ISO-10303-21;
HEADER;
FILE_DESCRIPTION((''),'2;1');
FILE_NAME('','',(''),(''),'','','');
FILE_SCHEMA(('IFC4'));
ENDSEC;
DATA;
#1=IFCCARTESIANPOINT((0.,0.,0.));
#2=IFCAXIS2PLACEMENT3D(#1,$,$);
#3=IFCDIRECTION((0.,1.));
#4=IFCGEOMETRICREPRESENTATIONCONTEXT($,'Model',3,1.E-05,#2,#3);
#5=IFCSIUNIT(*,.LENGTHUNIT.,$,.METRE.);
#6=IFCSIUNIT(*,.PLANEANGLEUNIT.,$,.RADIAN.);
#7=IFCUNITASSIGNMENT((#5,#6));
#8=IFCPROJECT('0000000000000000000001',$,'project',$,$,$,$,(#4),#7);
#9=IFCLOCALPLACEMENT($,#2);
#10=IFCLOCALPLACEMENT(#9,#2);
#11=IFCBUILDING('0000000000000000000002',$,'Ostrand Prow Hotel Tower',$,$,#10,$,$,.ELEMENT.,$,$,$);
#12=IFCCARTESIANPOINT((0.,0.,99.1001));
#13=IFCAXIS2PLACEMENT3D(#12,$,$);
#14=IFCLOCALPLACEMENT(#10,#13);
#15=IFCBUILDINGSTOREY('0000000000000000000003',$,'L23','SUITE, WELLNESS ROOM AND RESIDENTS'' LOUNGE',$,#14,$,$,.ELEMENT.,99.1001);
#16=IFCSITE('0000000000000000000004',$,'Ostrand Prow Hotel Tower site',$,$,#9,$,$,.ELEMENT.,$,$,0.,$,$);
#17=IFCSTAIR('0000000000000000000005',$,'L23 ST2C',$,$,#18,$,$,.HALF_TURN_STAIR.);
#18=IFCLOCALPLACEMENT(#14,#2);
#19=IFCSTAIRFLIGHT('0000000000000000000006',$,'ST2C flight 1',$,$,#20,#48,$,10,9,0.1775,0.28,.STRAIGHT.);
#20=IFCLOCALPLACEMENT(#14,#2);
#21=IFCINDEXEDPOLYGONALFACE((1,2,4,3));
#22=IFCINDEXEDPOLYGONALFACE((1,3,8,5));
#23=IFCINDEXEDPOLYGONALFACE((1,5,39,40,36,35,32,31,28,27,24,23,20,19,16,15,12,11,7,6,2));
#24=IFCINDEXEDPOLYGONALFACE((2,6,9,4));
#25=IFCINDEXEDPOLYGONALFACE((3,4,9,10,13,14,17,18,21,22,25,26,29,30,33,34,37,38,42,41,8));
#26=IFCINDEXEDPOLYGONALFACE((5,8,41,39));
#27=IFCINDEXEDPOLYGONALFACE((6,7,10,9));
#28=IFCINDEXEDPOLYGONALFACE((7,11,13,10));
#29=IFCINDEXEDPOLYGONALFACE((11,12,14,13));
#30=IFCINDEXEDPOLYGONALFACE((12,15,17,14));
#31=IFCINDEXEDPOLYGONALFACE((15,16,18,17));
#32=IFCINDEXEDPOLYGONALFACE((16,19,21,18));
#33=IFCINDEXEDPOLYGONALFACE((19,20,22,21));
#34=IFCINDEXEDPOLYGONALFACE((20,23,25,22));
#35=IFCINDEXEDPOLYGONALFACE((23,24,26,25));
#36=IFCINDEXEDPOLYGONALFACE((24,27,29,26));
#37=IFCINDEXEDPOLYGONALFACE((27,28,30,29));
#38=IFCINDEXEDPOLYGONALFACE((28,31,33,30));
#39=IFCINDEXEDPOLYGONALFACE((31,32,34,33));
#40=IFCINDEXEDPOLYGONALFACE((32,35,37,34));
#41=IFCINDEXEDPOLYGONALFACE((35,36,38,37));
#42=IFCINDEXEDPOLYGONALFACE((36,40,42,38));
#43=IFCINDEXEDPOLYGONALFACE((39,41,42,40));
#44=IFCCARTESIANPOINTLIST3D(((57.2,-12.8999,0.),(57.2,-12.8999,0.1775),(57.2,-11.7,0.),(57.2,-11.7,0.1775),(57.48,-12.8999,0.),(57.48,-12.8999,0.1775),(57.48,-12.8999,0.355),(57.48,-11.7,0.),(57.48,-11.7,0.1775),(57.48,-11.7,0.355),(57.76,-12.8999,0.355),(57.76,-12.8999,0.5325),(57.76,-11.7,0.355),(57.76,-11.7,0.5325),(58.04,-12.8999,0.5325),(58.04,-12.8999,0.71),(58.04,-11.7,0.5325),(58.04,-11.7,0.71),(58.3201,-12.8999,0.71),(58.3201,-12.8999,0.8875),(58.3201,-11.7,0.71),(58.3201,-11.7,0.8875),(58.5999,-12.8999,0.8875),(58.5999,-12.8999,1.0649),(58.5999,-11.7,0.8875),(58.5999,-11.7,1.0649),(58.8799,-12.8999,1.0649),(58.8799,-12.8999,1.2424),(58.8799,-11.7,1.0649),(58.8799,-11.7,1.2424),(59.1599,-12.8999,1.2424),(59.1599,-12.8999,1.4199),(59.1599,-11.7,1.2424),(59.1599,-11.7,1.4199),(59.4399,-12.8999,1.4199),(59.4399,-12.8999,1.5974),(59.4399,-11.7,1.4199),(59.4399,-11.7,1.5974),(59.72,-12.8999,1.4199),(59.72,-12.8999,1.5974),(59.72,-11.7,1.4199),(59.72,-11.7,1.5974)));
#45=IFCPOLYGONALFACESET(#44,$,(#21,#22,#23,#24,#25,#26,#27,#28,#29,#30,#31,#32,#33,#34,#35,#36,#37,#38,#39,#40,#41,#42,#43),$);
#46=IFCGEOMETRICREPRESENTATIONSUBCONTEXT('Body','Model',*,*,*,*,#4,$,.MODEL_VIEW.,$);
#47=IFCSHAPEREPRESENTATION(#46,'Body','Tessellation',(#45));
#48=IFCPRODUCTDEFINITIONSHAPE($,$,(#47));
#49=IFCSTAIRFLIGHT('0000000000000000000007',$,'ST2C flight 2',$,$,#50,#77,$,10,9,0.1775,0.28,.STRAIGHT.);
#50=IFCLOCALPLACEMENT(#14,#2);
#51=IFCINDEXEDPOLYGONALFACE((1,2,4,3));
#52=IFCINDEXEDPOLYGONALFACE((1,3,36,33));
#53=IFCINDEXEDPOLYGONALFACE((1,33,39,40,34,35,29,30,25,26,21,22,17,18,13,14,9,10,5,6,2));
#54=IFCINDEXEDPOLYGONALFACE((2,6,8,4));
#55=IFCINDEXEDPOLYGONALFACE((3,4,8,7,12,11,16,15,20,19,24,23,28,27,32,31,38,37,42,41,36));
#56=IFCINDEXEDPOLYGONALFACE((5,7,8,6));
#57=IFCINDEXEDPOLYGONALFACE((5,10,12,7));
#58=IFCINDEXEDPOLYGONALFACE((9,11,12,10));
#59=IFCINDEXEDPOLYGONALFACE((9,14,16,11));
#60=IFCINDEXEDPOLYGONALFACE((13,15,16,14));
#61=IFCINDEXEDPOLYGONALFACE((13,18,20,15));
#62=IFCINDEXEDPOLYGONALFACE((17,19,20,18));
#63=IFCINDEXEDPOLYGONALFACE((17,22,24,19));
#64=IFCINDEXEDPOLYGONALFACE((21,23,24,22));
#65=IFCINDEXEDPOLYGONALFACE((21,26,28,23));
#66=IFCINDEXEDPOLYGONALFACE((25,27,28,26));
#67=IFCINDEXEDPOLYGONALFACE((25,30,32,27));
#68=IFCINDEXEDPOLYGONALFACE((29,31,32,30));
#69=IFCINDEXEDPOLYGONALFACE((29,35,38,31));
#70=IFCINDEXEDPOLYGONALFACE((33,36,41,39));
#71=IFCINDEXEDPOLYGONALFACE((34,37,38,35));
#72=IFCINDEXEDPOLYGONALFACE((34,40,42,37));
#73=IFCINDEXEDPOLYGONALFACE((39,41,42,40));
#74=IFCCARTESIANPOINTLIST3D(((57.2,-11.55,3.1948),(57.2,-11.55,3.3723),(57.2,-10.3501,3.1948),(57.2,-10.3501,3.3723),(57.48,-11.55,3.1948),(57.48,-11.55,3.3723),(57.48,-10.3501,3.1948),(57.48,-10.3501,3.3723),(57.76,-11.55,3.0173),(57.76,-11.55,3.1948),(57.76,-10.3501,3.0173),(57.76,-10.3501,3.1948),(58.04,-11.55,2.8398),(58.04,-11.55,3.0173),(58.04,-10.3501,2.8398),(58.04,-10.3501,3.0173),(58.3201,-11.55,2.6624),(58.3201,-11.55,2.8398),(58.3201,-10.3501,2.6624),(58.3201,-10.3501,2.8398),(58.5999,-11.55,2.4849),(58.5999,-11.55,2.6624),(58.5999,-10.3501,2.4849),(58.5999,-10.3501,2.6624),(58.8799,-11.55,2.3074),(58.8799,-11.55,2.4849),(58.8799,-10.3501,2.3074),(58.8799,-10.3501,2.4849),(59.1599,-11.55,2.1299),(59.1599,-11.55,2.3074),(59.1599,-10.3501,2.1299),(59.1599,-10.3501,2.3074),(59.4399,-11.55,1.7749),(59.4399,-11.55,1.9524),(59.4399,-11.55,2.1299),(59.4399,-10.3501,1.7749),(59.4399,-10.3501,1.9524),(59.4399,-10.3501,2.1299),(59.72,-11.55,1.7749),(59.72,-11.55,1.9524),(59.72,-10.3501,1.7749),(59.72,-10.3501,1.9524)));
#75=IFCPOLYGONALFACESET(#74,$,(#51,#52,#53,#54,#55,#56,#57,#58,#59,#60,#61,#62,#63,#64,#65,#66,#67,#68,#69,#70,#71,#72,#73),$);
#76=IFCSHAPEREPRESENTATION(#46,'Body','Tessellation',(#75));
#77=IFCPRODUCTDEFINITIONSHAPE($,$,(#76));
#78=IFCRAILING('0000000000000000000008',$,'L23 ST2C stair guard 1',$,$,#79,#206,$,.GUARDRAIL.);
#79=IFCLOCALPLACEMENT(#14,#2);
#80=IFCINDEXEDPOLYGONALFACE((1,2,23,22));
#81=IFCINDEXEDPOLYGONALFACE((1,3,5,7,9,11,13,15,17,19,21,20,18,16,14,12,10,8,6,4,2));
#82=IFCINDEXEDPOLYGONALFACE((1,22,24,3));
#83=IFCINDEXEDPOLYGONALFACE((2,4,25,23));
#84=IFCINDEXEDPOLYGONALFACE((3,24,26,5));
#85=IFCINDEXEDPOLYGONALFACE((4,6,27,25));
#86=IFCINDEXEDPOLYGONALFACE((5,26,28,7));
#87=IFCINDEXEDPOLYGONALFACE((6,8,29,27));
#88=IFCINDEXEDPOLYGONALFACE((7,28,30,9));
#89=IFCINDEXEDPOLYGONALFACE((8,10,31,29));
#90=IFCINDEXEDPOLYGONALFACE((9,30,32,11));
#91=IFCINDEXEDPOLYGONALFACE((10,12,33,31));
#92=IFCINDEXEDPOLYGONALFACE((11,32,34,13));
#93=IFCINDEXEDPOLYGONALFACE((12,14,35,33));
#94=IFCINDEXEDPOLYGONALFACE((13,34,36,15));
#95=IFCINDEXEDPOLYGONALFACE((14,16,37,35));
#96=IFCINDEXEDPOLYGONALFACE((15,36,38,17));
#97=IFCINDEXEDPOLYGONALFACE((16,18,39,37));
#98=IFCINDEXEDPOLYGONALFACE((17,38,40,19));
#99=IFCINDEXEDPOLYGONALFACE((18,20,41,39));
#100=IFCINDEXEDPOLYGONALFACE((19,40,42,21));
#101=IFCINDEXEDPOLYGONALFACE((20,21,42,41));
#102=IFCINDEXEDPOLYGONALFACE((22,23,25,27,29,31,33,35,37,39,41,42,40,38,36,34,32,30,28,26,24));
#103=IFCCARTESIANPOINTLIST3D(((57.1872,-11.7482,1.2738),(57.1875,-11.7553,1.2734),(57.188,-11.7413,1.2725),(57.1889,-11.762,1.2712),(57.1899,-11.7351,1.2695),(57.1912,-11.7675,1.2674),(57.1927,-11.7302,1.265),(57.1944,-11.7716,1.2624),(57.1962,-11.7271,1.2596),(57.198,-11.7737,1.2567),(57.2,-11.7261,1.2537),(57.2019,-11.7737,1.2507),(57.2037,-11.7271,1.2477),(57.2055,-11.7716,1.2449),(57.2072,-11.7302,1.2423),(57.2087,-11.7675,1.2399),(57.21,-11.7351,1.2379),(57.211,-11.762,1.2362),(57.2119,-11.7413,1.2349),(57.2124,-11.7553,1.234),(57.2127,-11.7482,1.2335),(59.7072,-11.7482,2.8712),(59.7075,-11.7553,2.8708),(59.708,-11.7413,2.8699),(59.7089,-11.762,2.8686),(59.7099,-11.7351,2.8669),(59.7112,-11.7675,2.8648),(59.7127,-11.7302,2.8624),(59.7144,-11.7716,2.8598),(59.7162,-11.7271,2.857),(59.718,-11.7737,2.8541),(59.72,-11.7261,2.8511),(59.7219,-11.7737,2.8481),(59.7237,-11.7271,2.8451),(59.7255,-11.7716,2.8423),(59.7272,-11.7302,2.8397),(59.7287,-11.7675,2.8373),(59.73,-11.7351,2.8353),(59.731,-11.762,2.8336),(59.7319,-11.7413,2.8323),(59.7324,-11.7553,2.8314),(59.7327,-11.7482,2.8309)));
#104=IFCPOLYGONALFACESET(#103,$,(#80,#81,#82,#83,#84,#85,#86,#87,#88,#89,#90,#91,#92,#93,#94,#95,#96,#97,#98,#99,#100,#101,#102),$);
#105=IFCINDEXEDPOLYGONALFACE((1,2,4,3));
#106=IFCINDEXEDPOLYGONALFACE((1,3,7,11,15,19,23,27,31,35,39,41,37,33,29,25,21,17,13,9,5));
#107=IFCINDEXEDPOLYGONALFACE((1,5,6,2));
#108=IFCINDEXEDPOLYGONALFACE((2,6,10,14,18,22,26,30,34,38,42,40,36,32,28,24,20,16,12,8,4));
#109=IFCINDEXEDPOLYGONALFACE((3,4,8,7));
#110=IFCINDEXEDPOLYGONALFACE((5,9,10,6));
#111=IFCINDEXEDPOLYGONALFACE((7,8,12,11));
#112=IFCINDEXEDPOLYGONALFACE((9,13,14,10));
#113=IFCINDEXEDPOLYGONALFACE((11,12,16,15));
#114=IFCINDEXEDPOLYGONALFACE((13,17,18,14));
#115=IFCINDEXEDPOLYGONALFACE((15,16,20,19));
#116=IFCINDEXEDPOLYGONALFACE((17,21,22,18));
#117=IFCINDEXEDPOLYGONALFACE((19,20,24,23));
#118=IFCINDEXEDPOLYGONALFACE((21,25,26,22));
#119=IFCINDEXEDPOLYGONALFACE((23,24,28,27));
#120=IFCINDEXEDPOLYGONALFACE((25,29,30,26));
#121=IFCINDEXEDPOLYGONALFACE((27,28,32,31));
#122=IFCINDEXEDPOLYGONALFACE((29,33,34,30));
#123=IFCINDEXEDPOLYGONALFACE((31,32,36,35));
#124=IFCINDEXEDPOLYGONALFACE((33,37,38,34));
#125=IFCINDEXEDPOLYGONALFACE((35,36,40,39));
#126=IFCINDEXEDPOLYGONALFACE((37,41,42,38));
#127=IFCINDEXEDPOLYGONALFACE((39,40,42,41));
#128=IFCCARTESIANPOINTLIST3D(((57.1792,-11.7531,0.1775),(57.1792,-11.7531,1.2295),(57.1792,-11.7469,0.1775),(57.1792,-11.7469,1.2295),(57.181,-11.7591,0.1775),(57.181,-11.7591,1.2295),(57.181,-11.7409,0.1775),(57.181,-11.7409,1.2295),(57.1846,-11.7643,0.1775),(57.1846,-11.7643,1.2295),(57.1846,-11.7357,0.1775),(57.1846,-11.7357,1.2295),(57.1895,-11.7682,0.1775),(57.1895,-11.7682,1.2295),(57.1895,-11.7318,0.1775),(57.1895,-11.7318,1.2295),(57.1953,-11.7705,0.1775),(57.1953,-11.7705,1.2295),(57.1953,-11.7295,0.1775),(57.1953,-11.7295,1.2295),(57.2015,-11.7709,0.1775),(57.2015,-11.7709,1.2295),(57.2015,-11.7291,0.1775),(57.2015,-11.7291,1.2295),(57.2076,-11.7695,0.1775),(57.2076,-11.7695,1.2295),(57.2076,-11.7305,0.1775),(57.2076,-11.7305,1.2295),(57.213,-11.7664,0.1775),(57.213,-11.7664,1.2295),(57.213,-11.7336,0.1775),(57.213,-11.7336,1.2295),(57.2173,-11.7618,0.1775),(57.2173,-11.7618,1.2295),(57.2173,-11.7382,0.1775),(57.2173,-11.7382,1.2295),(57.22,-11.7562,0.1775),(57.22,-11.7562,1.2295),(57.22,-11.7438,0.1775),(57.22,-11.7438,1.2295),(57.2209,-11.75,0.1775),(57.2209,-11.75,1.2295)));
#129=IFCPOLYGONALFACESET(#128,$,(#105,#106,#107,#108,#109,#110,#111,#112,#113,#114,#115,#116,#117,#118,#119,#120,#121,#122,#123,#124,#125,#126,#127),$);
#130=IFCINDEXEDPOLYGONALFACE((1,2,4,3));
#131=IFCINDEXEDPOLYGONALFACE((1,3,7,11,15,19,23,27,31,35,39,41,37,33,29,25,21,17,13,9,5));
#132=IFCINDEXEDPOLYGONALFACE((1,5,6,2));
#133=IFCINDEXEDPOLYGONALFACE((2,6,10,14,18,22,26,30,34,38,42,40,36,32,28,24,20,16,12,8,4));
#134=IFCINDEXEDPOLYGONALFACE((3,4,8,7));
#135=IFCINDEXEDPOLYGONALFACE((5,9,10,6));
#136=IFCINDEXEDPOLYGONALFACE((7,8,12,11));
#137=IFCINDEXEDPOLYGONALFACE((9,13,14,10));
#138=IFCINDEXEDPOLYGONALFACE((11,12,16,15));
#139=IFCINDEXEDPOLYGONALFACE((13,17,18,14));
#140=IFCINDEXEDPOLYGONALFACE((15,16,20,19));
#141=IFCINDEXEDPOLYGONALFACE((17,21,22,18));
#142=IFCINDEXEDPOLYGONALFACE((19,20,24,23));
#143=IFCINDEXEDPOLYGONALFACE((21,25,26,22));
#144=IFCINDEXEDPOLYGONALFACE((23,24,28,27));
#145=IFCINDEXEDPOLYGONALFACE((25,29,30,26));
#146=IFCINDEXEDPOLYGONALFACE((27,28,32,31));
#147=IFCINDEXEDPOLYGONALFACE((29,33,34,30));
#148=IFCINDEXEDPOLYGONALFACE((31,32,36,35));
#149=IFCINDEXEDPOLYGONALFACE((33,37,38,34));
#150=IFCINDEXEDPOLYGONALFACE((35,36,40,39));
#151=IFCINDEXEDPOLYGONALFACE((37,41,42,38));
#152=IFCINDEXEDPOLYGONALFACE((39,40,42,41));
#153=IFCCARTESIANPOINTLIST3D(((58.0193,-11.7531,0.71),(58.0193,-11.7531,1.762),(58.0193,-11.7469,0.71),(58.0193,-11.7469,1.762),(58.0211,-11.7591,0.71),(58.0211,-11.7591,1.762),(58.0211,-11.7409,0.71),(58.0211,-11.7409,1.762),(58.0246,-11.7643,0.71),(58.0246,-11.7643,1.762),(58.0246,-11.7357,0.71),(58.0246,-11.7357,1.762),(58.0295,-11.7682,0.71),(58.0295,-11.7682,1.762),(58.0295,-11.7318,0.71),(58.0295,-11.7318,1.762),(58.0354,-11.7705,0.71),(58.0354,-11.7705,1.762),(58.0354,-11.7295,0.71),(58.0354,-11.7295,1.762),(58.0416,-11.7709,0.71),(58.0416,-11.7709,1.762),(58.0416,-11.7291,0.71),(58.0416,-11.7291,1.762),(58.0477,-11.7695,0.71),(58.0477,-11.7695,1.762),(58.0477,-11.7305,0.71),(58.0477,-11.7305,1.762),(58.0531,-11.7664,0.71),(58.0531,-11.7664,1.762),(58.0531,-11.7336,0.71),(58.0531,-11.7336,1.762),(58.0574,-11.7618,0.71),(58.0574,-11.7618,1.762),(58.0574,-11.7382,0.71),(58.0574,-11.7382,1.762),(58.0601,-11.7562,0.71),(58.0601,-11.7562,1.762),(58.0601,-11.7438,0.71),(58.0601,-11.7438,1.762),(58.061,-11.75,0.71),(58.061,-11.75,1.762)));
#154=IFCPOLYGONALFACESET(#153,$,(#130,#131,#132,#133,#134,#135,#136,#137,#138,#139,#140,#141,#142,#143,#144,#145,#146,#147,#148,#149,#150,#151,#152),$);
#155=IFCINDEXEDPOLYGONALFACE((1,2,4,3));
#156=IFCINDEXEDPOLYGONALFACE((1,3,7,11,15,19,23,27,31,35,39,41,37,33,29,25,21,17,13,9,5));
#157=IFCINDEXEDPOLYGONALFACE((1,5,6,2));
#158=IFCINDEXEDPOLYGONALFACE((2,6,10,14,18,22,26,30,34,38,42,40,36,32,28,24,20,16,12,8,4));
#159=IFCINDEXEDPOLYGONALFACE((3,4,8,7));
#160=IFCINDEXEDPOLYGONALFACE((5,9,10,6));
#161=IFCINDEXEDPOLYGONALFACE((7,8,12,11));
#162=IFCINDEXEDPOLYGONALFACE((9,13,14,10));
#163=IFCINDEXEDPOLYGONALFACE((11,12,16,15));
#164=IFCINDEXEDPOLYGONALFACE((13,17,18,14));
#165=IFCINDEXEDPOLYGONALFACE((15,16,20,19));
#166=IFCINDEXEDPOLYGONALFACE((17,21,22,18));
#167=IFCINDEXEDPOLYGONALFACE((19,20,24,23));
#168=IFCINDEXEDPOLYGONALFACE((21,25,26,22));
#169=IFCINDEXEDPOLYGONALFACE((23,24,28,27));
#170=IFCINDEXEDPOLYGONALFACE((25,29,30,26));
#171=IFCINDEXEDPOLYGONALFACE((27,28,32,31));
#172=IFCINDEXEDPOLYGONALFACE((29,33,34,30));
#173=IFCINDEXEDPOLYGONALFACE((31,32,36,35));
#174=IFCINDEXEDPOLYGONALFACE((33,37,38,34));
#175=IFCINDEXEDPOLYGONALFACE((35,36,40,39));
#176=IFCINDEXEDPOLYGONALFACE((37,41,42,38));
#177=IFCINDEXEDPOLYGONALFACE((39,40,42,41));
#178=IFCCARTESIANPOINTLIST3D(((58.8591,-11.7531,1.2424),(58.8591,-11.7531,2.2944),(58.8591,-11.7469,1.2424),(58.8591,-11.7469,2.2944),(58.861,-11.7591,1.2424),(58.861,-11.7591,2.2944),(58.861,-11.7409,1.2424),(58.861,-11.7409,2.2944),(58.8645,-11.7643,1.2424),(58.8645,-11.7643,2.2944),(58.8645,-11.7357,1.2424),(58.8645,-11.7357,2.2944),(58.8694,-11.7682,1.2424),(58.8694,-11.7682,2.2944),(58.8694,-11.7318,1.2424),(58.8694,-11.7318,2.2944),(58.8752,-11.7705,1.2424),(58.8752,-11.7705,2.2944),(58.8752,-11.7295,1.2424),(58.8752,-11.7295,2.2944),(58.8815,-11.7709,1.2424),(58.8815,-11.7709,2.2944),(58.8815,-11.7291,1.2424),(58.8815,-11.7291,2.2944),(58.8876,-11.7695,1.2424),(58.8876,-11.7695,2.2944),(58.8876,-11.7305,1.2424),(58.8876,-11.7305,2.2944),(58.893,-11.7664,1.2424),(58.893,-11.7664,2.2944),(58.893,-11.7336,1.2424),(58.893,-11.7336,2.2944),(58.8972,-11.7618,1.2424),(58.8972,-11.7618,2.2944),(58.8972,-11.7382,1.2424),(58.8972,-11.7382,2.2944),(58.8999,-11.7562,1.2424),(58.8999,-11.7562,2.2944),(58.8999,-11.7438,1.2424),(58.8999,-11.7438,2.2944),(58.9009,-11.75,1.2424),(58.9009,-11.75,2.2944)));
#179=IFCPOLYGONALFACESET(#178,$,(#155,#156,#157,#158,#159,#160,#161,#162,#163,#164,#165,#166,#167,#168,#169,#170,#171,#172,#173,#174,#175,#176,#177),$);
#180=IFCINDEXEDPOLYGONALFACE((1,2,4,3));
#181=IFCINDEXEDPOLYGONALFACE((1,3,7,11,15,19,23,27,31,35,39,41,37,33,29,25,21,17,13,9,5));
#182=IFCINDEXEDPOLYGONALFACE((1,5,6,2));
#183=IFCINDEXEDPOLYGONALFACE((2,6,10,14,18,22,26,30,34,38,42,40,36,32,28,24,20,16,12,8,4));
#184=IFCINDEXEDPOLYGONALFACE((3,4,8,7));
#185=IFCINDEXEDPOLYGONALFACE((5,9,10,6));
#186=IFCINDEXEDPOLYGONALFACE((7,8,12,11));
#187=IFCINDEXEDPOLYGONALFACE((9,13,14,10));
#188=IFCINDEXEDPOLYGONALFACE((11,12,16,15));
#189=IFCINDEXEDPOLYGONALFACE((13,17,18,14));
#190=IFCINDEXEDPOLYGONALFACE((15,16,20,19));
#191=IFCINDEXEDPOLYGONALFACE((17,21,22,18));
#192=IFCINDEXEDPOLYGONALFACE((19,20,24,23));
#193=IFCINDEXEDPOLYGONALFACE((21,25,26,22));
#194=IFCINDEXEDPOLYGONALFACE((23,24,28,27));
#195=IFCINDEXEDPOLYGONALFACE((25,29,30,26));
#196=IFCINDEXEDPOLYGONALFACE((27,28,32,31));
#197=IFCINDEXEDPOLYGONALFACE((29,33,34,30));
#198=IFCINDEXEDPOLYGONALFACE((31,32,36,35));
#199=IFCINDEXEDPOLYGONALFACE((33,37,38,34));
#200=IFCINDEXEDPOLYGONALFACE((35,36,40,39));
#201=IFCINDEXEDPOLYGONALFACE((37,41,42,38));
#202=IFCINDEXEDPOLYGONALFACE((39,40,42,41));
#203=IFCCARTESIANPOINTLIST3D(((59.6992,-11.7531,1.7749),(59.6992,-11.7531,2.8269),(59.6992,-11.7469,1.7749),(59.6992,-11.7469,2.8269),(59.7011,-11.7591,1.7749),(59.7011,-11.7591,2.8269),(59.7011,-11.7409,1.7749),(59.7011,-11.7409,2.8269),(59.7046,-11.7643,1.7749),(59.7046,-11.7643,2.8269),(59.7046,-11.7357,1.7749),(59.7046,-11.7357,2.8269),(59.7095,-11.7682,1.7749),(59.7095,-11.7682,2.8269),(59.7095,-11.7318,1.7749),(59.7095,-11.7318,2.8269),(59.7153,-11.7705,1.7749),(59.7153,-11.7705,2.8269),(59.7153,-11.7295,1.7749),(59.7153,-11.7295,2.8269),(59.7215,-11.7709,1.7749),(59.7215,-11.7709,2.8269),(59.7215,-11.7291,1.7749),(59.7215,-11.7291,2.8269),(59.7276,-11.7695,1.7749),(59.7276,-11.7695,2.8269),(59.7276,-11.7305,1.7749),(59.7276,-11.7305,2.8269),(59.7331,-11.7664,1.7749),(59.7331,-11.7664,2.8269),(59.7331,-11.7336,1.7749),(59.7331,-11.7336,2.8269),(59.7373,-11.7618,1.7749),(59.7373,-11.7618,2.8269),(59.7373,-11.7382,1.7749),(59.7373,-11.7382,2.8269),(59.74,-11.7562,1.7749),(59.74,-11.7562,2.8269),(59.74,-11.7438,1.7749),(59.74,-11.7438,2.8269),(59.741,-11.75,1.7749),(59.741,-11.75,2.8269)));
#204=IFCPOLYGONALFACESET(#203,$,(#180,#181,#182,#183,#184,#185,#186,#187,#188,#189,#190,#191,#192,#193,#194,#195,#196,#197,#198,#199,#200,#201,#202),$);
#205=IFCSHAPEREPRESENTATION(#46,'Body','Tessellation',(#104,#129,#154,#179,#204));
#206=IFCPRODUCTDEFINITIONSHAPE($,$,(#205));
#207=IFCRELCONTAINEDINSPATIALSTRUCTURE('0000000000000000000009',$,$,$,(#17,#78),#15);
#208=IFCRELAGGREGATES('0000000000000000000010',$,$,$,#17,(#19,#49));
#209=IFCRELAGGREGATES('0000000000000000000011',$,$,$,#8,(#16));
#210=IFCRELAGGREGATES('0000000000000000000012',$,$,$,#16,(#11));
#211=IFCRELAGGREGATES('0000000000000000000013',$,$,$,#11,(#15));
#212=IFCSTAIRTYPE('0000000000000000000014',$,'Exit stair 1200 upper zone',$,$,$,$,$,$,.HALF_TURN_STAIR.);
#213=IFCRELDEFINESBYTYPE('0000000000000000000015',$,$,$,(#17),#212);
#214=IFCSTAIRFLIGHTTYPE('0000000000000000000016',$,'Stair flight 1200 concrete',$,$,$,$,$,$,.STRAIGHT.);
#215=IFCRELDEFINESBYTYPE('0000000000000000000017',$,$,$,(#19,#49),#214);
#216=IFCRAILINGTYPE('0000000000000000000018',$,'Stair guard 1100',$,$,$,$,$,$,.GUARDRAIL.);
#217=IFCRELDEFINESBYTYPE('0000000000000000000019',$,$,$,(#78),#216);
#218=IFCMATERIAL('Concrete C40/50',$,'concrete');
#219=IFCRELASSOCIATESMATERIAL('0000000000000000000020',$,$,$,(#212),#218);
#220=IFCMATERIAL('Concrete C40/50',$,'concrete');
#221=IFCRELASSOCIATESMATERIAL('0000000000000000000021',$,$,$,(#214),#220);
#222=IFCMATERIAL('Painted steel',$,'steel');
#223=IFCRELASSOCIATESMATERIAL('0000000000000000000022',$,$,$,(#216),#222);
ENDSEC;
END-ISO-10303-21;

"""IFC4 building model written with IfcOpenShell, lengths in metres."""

from ifc_helpers import new_model, si_unit, direction, frame, origin, origin_2d, place, context, subcontext, project, spatial, polyline, circle, outline, extrude, material, type_object, element, aggregate, save


model = new_model("IFC4")

# Units and contexts
model_context = context("Model", 3, precision=1e-05, world=origin(), true_north=direction((0.0, 1.0)))
body_context = subcontext(model_context, "Body", "Model", "MODEL_VIEW")
ifc_project = project(units=[si_unit("LENGTHUNIT", "METRE"), si_unit("PLANEANGLEUNIT", "RADIAN")], contexts=[model_context])

# Site, building, storey
site_placement = place(None, origin())
site = spatial("IfcSite", under=ifc_project, at=site_placement, Name="Ostrand Prow Hotel Tower site", CompositionType="ELEMENT", RefElevation=0.0)
building_placement = place(site_placement, origin())
building = spatial("IfcBuilding", under=site, at=building_placement, Name="Ostrand Prow Hotel Tower", CompositionType="ELEMENT")
storey_placement = place(building_placement, frame((0.0, 0.0, 99.1001)))
storey = spatial("IfcBuildingStorey", under=building, at=storey_placement, Name="L23", Description="SUITE, WELLNESS ROOM AND RESIDENTS' LOUNGE", CompositionType="ELEMENT", Elevation=99.1001)

# Stair, stair flights
ifc_material_1 = material(Name="Concrete C40/50", Category="concrete")
stair_type = type_object("IfcStairType", Name="Exit stair 1200 upper zone", PredefinedType="HALF_TURN_STAIR", material=ifc_material_1)
stair_placement = place(storey_placement, origin())
stair = element("IfcStair", 1, at=stair_placement, inside=storey, type_object=stair_type, Name="L23 ST2C", PredefinedType="HALF_TURN_STAIR")
ifc_material_2 = material(Name="Concrete C40/50", Category="concrete")
stair_flight_type = type_object("IfcStairFlightType", Name="Stair flight 1200 concrete", PredefinedType="STRAIGHT", material=ifc_material_2)
stair_flight_1_placement = place(storey_placement, frame((57.2, -12.3, 0.0), z_axis=(0.0, 0.0, 1.0), x_axis=(1.0, 0.0, 0.0)))
stair_flight_1 = element("IfcStairFlight", 2, at=stair_flight_1_placement, type_object=stair_flight_type, Name="ST2C flight 1", NumberOfRisers=10, NumberOfTreads=9, PredefinedType="STRAIGHT", RiserHeight=0.1775, TreadLength=0.28, context=body_context, shape_type="SweptSolid", body=[
    extrude(outline(polyline([(0.0, 0.0), (0.0, 0.1775), (0.28, 0.1775), (0.28, 0.355), (0.5601, 0.355), (0.5601, 0.5325), (0.8401, 0.5325), (0.8401, 0.71), (1.1201, 0.71), (1.1201, 0.8875), (1.3999, 0.8875), (1.3999, 1.0649), (1.6799, 1.0649), (1.6799, 1.2424), (1.96, 1.2424), (1.96, 1.4199), (2.24, 1.4199), (2.24, 1.5974), (2.52, 1.5974), (2.52, 1.7749), (2.52, 1.4199), (0.28, 0.0), (0.0, 0.0)])), frame((0.0, 0.6001, 0.0), z_axis=(0.0, -1.0, 0.0), x_axis=(1.0, 0.0, 0.0)), (0.0, 0.0, 1.0), 1.2),
])
stair_flight_2_placement = place(storey_placement, frame((59.72, -10.95, 1.7749), z_axis=(0.0, 0.0, 1.0), x_axis=(-1.0, 0.0, 0.0)))
stair_flight_2 = element("IfcStairFlight", 3, at=stair_flight_2_placement, type_object=stair_flight_type, Name="ST2C flight 2", NumberOfRisers=10, NumberOfTreads=9, PredefinedType="STRAIGHT", RiserHeight=0.1775, TreadLength=0.28, context=body_context, shape_type="SweptSolid", body=[
    extrude(outline(polyline([(0.0, 0.0), (0.0, 0.1775), (0.28, 0.1775), (0.28, 0.355), (0.5601, 0.355), (0.5601, 0.5325), (0.8401, 0.5325), (0.8401, 0.71), (1.1201, 0.71), (1.1201, 0.8875), (1.3999, 0.8875), (1.3999, 1.0649), (1.6799, 1.0649), (1.6799, 1.2424), (1.96, 1.2424), (1.96, 1.4199), (2.24, 1.4199), (2.24, 1.5974), (2.52, 1.5974), (2.52, 1.7749), (2.52, 1.4199), (0.28, 0.0), (0.0, 0.0)])), frame((0.0, 0.6001, 0.0), z_axis=(0.0, -1.0, 0.0), x_axis=(1.0, 0.0, 0.0)), (0.0, 0.0, 1.0), 1.2),
])
aggregate(stair, [stair_flight_1, stair_flight_2])

# Railing
ifc_material_3 = material(Name="Painted steel", Category="steel")
railing_type_1 = type_object("IfcRailingType", Name="Stair guard 1100", PredefinedType="GUARDRAIL", material=ifc_material_3)
railing_1_placement = place(storey_placement, frame((57.2, -11.75, 0.1775)))
element("IfcRailing", 4, at=railing_1_placement, inside=storey, type_object=railing_type_1, Name="L23 ST2C stair guard 1", PredefinedType="GUARDRAIL", context=body_context, shape_type="SweptSolid", body=[
    extrude(circle(Radius=0.0239, at=origin_2d()), frame((0.0, 0.0, 1.0762), z_axis=(0.844607, 0.0, 0.535387), x_axis=(0.0, 1.0, 0.0)), (0.0, 0.0, 1.0), 2.9836),
    extrude(circle(Radius=0.021, at=origin_2d()), origin(), (0.0, 0.0, 1.0), 1.052),
    extrude(circle(Radius=0.021, at=origin_2d()), frame((0.8401, 0.0, 0.5325)), (0.0, 0.0, 1.0), 1.052),
    extrude(circle(Radius=0.021, at=origin_2d()), frame((1.6799, 0.0, 1.0649)), (0.0, 0.0, 1.0), 1.052),
    extrude(circle(Radius=0.021, at=origin_2d()), frame((2.52, 0.0, 1.5974)), (0.0, 0.0, 1.0), 1.052),
])

save(model, "model.ifc")
